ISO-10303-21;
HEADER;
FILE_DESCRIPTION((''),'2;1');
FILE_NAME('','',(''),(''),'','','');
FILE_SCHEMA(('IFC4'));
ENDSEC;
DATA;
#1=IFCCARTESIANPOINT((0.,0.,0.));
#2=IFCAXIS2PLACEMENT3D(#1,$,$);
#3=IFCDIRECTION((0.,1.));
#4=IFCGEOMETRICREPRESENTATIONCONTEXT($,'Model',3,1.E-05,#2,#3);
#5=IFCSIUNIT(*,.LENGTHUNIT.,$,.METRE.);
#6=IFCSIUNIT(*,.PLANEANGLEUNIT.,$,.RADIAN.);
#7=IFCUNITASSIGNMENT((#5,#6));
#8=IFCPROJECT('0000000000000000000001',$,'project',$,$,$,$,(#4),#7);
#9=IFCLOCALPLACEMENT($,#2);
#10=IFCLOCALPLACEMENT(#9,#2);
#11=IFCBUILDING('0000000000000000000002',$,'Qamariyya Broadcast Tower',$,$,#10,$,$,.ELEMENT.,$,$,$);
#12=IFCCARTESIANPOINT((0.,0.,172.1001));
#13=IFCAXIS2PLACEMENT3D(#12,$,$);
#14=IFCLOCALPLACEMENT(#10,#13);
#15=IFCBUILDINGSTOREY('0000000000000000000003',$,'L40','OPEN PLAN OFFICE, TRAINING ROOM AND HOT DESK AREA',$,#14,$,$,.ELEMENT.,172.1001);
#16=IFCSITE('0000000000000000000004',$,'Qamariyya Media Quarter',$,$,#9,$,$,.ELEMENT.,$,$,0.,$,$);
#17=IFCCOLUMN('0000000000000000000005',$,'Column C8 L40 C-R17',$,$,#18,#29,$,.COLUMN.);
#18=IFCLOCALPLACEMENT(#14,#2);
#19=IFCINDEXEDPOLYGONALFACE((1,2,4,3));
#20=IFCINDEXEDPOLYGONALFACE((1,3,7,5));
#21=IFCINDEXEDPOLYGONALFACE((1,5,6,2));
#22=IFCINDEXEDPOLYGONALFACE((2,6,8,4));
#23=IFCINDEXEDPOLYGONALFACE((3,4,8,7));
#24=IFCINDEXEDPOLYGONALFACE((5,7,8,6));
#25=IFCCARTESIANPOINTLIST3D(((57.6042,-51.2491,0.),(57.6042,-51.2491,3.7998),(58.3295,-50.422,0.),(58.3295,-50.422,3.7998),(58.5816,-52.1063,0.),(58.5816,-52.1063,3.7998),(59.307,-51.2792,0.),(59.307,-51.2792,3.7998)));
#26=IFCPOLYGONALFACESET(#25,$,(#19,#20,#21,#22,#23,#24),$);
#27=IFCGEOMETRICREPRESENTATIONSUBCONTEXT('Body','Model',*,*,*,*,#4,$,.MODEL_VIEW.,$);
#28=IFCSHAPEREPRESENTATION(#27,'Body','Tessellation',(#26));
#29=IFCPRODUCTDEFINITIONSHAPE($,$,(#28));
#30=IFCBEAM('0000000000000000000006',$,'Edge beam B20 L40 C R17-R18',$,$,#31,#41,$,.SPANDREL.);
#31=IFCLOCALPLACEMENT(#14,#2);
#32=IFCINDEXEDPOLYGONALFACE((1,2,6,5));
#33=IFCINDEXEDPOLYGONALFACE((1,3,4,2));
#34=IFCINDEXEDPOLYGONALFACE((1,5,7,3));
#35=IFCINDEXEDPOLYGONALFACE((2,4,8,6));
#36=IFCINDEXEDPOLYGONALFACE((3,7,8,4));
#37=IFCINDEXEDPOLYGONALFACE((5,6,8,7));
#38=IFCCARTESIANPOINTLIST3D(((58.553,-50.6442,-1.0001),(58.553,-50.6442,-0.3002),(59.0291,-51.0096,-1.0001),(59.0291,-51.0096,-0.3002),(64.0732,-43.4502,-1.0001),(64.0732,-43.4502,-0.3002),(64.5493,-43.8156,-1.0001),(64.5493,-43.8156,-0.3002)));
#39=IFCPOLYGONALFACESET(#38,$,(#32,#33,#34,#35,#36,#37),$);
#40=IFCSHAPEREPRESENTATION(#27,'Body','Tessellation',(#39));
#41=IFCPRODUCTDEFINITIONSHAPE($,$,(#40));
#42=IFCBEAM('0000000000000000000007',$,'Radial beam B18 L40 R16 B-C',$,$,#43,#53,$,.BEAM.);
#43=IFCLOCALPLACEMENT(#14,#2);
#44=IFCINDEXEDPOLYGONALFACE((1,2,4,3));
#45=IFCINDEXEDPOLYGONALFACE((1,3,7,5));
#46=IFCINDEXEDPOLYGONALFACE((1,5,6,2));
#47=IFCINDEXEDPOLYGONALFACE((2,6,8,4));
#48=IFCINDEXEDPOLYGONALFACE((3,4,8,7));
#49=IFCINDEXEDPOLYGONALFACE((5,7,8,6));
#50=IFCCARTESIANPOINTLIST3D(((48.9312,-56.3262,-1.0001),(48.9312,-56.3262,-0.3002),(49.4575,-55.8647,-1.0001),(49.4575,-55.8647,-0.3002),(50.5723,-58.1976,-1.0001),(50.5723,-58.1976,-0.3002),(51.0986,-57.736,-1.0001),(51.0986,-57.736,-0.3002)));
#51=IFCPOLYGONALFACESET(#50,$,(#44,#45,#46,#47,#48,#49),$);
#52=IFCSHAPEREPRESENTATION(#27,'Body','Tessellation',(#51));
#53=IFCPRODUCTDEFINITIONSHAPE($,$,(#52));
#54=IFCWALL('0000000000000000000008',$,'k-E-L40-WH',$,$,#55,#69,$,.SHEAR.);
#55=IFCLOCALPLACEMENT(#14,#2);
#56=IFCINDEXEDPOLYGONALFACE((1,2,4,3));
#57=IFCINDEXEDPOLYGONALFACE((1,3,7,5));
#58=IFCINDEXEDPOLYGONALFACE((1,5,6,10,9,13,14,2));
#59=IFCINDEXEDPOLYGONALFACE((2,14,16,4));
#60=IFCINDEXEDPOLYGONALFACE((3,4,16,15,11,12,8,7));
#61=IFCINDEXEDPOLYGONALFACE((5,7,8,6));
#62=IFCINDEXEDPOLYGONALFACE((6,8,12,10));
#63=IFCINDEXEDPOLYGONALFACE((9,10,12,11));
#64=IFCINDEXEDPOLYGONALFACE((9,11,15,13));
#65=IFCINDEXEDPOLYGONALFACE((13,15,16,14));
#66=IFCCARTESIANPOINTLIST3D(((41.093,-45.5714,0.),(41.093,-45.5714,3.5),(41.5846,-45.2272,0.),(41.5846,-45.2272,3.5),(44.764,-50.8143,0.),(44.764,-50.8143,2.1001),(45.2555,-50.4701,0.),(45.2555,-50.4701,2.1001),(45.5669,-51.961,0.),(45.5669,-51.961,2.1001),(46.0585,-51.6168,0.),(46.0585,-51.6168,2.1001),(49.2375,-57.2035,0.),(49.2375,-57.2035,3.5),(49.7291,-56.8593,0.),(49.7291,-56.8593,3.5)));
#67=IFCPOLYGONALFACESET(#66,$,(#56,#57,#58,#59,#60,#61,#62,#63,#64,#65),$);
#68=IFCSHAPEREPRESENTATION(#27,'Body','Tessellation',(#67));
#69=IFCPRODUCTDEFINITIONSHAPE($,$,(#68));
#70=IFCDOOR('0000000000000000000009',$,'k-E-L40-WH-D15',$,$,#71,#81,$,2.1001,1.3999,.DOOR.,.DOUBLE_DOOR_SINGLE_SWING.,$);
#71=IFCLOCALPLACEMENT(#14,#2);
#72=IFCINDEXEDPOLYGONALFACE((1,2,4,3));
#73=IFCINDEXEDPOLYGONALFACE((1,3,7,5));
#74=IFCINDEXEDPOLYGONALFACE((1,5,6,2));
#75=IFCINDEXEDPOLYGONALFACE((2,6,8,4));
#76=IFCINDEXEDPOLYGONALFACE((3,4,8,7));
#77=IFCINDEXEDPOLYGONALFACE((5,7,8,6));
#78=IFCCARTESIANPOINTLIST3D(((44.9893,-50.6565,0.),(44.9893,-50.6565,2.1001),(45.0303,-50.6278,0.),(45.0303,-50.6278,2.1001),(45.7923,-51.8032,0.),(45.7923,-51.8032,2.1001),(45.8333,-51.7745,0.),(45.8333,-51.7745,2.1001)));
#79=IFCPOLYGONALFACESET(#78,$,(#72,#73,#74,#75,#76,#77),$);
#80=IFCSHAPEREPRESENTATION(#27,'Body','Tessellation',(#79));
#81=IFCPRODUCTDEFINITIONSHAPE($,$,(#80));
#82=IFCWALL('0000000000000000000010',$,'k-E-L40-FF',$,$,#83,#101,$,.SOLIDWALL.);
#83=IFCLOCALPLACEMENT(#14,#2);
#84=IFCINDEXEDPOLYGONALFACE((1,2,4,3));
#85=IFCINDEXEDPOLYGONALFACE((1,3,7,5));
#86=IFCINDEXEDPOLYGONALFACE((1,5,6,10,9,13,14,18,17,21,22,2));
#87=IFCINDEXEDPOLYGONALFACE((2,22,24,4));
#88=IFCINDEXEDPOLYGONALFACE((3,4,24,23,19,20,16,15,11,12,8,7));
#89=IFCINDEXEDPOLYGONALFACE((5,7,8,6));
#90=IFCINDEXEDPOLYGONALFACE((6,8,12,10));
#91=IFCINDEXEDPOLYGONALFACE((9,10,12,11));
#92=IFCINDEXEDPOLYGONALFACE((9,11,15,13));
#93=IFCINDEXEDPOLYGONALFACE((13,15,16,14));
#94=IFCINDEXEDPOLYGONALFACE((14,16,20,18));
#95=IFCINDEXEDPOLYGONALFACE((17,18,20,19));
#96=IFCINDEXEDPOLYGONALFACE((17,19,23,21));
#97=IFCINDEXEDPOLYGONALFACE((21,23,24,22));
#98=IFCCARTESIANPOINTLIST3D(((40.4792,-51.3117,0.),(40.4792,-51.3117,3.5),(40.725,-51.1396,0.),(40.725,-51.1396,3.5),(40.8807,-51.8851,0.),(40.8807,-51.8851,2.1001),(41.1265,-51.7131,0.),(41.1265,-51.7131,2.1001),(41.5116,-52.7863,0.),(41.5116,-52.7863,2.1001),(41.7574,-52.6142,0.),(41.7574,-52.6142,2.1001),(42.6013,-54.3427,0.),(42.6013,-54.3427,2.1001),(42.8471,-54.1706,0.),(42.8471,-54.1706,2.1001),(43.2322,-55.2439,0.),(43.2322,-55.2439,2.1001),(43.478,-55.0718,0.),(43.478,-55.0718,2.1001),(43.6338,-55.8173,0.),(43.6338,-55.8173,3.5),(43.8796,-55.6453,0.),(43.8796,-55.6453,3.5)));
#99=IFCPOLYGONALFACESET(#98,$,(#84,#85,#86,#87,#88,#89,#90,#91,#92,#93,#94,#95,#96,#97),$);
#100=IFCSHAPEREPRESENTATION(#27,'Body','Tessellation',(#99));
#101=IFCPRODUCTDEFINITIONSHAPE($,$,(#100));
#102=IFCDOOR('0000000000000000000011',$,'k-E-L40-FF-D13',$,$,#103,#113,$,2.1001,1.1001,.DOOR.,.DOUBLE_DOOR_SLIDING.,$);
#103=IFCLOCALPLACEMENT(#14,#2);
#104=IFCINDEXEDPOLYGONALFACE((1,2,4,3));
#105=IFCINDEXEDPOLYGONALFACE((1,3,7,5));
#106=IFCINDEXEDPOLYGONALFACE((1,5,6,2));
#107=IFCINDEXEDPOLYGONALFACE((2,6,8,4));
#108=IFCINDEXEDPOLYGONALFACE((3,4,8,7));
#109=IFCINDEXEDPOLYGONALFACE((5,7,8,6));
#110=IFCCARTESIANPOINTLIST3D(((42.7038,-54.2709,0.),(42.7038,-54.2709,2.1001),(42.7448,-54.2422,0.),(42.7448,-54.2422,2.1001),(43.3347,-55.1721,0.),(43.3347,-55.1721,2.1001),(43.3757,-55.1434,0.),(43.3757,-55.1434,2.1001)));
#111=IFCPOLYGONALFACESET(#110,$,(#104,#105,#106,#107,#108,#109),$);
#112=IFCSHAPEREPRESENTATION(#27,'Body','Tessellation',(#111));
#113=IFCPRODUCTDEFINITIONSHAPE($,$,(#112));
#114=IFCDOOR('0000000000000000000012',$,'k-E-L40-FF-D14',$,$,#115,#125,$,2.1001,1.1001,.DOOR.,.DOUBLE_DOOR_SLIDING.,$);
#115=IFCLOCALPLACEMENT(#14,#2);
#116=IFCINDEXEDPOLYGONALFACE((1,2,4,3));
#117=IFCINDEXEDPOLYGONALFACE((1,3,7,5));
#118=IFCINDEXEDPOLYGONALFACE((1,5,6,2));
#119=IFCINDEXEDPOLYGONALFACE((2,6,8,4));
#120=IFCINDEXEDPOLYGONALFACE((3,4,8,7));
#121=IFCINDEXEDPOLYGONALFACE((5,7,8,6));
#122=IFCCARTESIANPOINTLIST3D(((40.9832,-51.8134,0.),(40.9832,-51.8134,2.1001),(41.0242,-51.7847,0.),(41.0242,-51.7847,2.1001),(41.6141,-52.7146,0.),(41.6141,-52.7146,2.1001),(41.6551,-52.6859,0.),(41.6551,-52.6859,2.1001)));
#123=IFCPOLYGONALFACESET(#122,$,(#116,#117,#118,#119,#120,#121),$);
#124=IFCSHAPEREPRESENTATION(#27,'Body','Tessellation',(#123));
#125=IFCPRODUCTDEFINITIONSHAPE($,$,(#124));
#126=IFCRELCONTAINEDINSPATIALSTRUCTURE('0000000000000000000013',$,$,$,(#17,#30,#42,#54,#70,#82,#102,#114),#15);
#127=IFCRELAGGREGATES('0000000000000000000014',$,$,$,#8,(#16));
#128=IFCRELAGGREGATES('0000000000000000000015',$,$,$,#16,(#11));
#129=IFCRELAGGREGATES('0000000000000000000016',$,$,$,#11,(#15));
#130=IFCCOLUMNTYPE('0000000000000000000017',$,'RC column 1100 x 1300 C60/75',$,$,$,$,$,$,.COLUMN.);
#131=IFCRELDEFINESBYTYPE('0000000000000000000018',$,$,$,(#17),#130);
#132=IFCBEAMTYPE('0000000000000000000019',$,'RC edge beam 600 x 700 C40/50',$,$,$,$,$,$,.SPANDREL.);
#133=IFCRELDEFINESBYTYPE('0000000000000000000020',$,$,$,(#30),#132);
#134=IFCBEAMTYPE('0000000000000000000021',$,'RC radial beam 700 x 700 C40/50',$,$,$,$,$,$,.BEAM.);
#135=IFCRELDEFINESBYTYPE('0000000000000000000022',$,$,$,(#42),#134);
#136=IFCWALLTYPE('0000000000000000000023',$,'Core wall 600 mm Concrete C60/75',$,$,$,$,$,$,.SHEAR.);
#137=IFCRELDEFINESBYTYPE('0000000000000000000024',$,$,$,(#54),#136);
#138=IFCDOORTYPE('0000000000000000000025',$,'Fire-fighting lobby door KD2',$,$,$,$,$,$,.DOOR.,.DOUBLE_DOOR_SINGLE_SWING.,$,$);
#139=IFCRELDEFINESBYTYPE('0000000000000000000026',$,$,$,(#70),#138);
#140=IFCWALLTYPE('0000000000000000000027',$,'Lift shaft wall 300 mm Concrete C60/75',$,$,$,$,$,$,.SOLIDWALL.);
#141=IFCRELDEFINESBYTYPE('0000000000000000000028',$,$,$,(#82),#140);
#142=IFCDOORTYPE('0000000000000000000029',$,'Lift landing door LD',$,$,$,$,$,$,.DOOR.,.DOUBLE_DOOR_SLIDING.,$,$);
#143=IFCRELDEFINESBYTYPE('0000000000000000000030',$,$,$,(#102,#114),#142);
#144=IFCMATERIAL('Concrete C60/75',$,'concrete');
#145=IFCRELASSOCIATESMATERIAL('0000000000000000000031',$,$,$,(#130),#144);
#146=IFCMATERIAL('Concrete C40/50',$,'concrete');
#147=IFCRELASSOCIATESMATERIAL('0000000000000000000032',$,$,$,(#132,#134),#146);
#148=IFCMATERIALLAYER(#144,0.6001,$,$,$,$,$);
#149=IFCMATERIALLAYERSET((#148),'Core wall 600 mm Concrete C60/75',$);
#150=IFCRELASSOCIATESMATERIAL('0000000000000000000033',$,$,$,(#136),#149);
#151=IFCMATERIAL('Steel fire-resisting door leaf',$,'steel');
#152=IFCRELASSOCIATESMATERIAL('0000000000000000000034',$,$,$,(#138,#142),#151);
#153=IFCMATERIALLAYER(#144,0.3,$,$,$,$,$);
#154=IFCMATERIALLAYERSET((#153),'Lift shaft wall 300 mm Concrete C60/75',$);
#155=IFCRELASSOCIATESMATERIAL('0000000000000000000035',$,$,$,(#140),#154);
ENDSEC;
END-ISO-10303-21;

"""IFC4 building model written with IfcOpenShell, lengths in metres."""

from ifc_helpers import new_model, si_unit, direction, frame, frame_2d, origin, origin_2d, place, context, subcontext, project, spatial, rectangle, extrude, material, layer, layer_set, material_profile, profile_set, type_object, element, fill, save


model = new_model("IFC4")

# Units and contexts
model_context = context("Model", 3, precision=1e-05, world=origin(), true_north=direction((0.0, 1.0)))
body_context = subcontext(model_context, "Body", "Model", "MODEL_VIEW")
ifc_project = project(units=[si_unit("LENGTHUNIT", "METRE"), si_unit("PLANEANGLEUNIT", "RADIAN")], contexts=[model_context])

# Site, building, storey
site_placement = place(None, origin())
site = spatial("IfcSite", under=ifc_project, at=site_placement, Name="Qamariyya Media Quarter", CompositionType="ELEMENT", RefElevation=0.0)
building_placement = place(site_placement, origin())
building = spatial("IfcBuilding", under=site, at=building_placement, Name="Qamariyya Broadcast Tower", CompositionType="ELEMENT")
storey_placement = place(building_placement, frame((0.0, 0.0, 172.1001)))
storey = spatial("IfcBuildingStorey", under=building, at=storey_placement, Name="L40", Description="OPEN PLAN OFFICE, TRAINING ROOM AND HOT DESK AREA", CompositionType="ELEMENT", Elevation=172.1001)

# Column
ifc_material_1 = material(Name="Concrete C60/75", Category="concrete")
ifc_material_profile_1 = material_profile(ifc_material_1, rectangle(XDim=1.1001, YDim=1.3, at=origin_2d()))
ifc_profile_set_1 = profile_set([ifc_material_profile_1], Name="Concrete C60/75")
column_type = type_object("IfcColumnType", Name="RC column 1100 x 1300 C60/75", PredefinedType="COLUMN", material=ifc_profile_set_1)
column_placement = place(storey_placement, frame((58.4556, -51.2642, 0.0), z_axis=(0.0, 0.0, 1.0), x_axis=(0.659346, 0.75184, 0.0)))
element("IfcColumn", 1, at=column_placement, inside=storey, type_object=column_type, Name="Column C8 L40 C-R17", PredefinedType="COLUMN", context=body_context, shape_type="SweptSolid", body=[
    extrude(rectangle(XDim=1.1001, YDim=1.3, at=origin_2d()), origin(), (0.0, 0.0, 1.0), 3.7998),
])

# Beams
ifc_material_2 = material(Name="Concrete C40/50", Category="concrete")
ifc_material_profile_2 = material_profile(ifc_material_2, rectangle(XDim=0.6001, YDim=0.7, at=origin_2d()))
ifc_profile_set_2 = profile_set([ifc_material_profile_2], Name="Concrete C40/50")
beam_type_1 = type_object("IfcBeamType", Name="RC edge beam 600 x 700 C40/50", PredefinedType="SPANDREL", material=ifc_profile_set_2)
beam_1_placement = place(storey_placement, frame((58.791, -50.8269, -0.6501), z_axis=(0.608764, 0.793351, 0.0), x_axis=(-0.793351, 0.608764, 0.0)))
element("IfcBeam", 2, at=beam_1_placement, inside=storey, type_object=beam_type_1, Name="Edge beam B20 L40 C R17-R18", PredefinedType="SPANDREL", context=body_context, shape_type="SweptSolid", body=[
    extrude(rectangle(XDim=0.6001, YDim=0.7, at=origin_2d()), origin(), (0.0, 0.0, 1.0), 9.0679),
])
ifc_material_profile_3 = material_profile(ifc_material_2, rectangle(XDim=0.7, YDim=0.7, at=origin_2d()))
ifc_profile_set_3 = profile_set([ifc_material_profile_3], Name="Concrete C40/50")
beam_type_2 = type_object("IfcBeamType", Name="RC radial beam 700 x 700 C40/50", PredefinedType="BEAM", material=ifc_profile_set_3)
beam_2_placement = place(storey_placement, frame((49.1943, -56.0955, -0.6501), z_axis=(0.659344, -0.751841, 0.0), x_axis=(0.751841, 0.659344, 0.0)))
element("IfcBeam", 3, at=beam_2_placement, inside=storey, type_object=beam_type_2, Name="Radial beam B18 L40 R16 B-C", PredefinedType="BEAM", context=body_context, shape_type="SweptSolid", body=[
    extrude(rectangle(XDim=0.7, YDim=0.7, at=origin_2d()), origin(), (0.0, 0.0, 1.0), 2.489),
])

# Wall, opening, door
ifc_layer_1 = layer(ifc_material_1, 0.6001)
ifc_layer_set_1 = layer_set([ifc_layer_1], Name="Core wall 600 mm Concrete C60/75")
wall_type_1 = type_object("IfcWallType", Name="Core wall 600 mm Concrete C60/75", PredefinedType="SHEAR", material=ifc_layer_set_1)
wall_1_placement = place(storey_placement, frame((49.4834, -57.0315, 0.0), z_axis=(0.0, 0.0, 1.0), x_axis=(-0.57356, 0.819163, 0.0)))
wall_1 = element("IfcWall", 4, at=wall_1_placement, inside=storey, type_object=wall_type_1, Name="k-E-L40-WH", PredefinedType="SHEAR", context=body_context, shape_type="SweptSolid", body=[
    extrude(rectangle(XDim=14.2, YDim=0.6001, at=frame_2d((7.1001, 0.0))), origin(), (0.0, 0.0, 1.0), 3.5),
])
opening_1_placement = place(wall_1_placement, frame((6.3999, 0.0, 0.0)))
opening_1 = element("IfcOpeningElement", 5, at=opening_1_placement, cuts=wall_1, PredefinedType="OPENING", context=body_context, shape_type="SweptSolid", body=[
    extrude(rectangle(XDim=1.3999, YDim=2.1001, at=frame_2d((0.7, 1.05))), frame((0.0, 0.3101, 0.0), z_axis=(0.0, -1.0, 0.0), x_axis=(1.0, 0.0, 0.0)), (0.0, 0.0, 1.0), 0.6201),
])
ifc_material_3 = material(Name="Steel fire-resisting door leaf", Category="steel")
door_type_1 = type_object("IfcDoorType", Name="Fire-fighting lobby door KD2", OperationType="DOUBLE_DOOR_SINGLE_SWING", PredefinedType="DOOR", material=ifc_material_3)
door_1_placement = place(opening_1_placement, origin())
door_1 = element("IfcDoor", 6, at=door_1_placement, inside=storey, type_object=door_type_1, Name="k-E-L40-WH-D15", OperationType="DOUBLE_DOOR_SINGLE_SWING", OverallHeight=2.1001, OverallWidth=1.3999, PredefinedType="DOOR", context=body_context, shape_type="SweptSolid", body=[
    extrude(rectangle(XDim=1.3999, YDim=2.1001, at=frame_2d((0.7, 1.05))), frame((0.0, 0.0249, 0.0), z_axis=(0.0, -1.0, 0.0), x_axis=(1.0, 0.0, 0.0)), (0.0, 0.0, 1.0), 0.05),
])
fill(opening_1, door_1)

# Wall, openings, doors
ifc_layer_2 = layer(ifc_material_1, 0.3)
ifc_layer_set_2 = layer_set([ifc_layer_2], Name="Lift shaft wall 300 mm Concrete C60/75")
wall_type_2 = type_object("IfcWallType", Name="Lift shaft wall 300 mm Concrete C60/75", PredefinedType="SOLIDWALL", material=ifc_layer_set_2)
wall_2_placement = place(storey_placement, frame((43.7566, -55.7312, 0.0), z_axis=(0.0, 0.0, 1.0), x_axis=(-0.573537, 0.81918, 0.0)))
wall_2 = element("IfcWall", 7, at=wall_2_placement, inside=storey, type_object=wall_type_2, Name="k-E-L40-FF", PredefinedType="SOLIDWALL", context=body_context, shape_type="SweptSolid", body=[
    extrude(rectangle(XDim=5.5002, YDim=0.3, at=frame_2d((2.75, 0.0))), origin(), (0.0, 0.0, 1.0), 3.5),
])
opening_2_placement = place(wall_2_placement, frame((0.7, 0.0, 0.0)))
opening_2 = element("IfcOpeningElement", 8, at=opening_2_placement, cuts=wall_2, PredefinedType="OPENING", context=body_context, shape_type="SweptSolid", body=[
    extrude(rectangle(XDim=1.1001, YDim=2.1001, at=frame_2d((0.55, 1.05))), frame((0.0, 0.1599, 0.0), z_axis=(0.0, -1.0, 0.0), x_axis=(1.0, 0.0, 0.0)), (0.0, 0.0, 1.0), 0.3201),
])
opening_3_placement = place(wall_2_placement, frame((3.7, 0.0, 0.0)))
opening_3 = element("IfcOpeningElement", 9, at=opening_3_placement, cuts=wall_2, PredefinedType="OPENING", context=body_context, shape_type="SweptSolid", body=[
    extrude(rectangle(XDim=1.1001, YDim=2.1001, at=frame_2d((0.55, 1.05))), frame((0.0, 0.1599, 0.0), z_axis=(0.0, -1.0, 0.0), x_axis=(1.0, 0.0, 0.0)), (0.0, 0.0, 1.0), 0.3201),
])
door_type_2 = type_object("IfcDoorType", Name="Lift landing door LD", OperationType="DOUBLE_DOOR_SLIDING", PredefinedType="DOOR", material=ifc_material_3)
door_2_placement = place(opening_2_placement, origin())
door_2 = element("IfcDoor", 10, at=door_2_placement, inside=storey, type_object=door_type_2, Name="k-E-L40-FF-D13", OperationType="DOUBLE_DOOR_SLIDING", OverallHeight=2.1001, OverallWidth=1.1001, PredefinedType="DOOR", context=body_context, shape_type="SweptSolid", body=[
    extrude(rectangle(XDim=1.1001, YDim=2.1001, at=frame_2d((0.55, 1.05))), frame((0.0, 0.0249, 0.0), z_axis=(0.0, -1.0, 0.0), x_axis=(1.0, 0.0, 0.0)), (0.0, 0.0, 1.0), 0.05),
])
fill(opening_2, door_2)
door_3_placement = place(opening_3_placement, origin())
door_3 = element("IfcDoor", 11, at=door_3_placement, inside=storey, type_object=door_type_2, Name="k-E-L40-FF-D14", OperationType="DOUBLE_DOOR_SLIDING", OverallHeight=2.1001, OverallWidth=1.1001, PredefinedType="DOOR", context=body_context, shape_type="SweptSolid", body=[
    extrude(rectangle(XDim=1.1001, YDim=2.1001, at=frame_2d((0.55, 1.05))), frame((0.0, 0.0249, 0.0), z_axis=(0.0, -1.0, 0.0), x_axis=(1.0, 0.0, 0.0)), (0.0, 0.0, 1.0), 0.05),
])
fill(opening_3, door_3)

save(model, "model.ifc")
